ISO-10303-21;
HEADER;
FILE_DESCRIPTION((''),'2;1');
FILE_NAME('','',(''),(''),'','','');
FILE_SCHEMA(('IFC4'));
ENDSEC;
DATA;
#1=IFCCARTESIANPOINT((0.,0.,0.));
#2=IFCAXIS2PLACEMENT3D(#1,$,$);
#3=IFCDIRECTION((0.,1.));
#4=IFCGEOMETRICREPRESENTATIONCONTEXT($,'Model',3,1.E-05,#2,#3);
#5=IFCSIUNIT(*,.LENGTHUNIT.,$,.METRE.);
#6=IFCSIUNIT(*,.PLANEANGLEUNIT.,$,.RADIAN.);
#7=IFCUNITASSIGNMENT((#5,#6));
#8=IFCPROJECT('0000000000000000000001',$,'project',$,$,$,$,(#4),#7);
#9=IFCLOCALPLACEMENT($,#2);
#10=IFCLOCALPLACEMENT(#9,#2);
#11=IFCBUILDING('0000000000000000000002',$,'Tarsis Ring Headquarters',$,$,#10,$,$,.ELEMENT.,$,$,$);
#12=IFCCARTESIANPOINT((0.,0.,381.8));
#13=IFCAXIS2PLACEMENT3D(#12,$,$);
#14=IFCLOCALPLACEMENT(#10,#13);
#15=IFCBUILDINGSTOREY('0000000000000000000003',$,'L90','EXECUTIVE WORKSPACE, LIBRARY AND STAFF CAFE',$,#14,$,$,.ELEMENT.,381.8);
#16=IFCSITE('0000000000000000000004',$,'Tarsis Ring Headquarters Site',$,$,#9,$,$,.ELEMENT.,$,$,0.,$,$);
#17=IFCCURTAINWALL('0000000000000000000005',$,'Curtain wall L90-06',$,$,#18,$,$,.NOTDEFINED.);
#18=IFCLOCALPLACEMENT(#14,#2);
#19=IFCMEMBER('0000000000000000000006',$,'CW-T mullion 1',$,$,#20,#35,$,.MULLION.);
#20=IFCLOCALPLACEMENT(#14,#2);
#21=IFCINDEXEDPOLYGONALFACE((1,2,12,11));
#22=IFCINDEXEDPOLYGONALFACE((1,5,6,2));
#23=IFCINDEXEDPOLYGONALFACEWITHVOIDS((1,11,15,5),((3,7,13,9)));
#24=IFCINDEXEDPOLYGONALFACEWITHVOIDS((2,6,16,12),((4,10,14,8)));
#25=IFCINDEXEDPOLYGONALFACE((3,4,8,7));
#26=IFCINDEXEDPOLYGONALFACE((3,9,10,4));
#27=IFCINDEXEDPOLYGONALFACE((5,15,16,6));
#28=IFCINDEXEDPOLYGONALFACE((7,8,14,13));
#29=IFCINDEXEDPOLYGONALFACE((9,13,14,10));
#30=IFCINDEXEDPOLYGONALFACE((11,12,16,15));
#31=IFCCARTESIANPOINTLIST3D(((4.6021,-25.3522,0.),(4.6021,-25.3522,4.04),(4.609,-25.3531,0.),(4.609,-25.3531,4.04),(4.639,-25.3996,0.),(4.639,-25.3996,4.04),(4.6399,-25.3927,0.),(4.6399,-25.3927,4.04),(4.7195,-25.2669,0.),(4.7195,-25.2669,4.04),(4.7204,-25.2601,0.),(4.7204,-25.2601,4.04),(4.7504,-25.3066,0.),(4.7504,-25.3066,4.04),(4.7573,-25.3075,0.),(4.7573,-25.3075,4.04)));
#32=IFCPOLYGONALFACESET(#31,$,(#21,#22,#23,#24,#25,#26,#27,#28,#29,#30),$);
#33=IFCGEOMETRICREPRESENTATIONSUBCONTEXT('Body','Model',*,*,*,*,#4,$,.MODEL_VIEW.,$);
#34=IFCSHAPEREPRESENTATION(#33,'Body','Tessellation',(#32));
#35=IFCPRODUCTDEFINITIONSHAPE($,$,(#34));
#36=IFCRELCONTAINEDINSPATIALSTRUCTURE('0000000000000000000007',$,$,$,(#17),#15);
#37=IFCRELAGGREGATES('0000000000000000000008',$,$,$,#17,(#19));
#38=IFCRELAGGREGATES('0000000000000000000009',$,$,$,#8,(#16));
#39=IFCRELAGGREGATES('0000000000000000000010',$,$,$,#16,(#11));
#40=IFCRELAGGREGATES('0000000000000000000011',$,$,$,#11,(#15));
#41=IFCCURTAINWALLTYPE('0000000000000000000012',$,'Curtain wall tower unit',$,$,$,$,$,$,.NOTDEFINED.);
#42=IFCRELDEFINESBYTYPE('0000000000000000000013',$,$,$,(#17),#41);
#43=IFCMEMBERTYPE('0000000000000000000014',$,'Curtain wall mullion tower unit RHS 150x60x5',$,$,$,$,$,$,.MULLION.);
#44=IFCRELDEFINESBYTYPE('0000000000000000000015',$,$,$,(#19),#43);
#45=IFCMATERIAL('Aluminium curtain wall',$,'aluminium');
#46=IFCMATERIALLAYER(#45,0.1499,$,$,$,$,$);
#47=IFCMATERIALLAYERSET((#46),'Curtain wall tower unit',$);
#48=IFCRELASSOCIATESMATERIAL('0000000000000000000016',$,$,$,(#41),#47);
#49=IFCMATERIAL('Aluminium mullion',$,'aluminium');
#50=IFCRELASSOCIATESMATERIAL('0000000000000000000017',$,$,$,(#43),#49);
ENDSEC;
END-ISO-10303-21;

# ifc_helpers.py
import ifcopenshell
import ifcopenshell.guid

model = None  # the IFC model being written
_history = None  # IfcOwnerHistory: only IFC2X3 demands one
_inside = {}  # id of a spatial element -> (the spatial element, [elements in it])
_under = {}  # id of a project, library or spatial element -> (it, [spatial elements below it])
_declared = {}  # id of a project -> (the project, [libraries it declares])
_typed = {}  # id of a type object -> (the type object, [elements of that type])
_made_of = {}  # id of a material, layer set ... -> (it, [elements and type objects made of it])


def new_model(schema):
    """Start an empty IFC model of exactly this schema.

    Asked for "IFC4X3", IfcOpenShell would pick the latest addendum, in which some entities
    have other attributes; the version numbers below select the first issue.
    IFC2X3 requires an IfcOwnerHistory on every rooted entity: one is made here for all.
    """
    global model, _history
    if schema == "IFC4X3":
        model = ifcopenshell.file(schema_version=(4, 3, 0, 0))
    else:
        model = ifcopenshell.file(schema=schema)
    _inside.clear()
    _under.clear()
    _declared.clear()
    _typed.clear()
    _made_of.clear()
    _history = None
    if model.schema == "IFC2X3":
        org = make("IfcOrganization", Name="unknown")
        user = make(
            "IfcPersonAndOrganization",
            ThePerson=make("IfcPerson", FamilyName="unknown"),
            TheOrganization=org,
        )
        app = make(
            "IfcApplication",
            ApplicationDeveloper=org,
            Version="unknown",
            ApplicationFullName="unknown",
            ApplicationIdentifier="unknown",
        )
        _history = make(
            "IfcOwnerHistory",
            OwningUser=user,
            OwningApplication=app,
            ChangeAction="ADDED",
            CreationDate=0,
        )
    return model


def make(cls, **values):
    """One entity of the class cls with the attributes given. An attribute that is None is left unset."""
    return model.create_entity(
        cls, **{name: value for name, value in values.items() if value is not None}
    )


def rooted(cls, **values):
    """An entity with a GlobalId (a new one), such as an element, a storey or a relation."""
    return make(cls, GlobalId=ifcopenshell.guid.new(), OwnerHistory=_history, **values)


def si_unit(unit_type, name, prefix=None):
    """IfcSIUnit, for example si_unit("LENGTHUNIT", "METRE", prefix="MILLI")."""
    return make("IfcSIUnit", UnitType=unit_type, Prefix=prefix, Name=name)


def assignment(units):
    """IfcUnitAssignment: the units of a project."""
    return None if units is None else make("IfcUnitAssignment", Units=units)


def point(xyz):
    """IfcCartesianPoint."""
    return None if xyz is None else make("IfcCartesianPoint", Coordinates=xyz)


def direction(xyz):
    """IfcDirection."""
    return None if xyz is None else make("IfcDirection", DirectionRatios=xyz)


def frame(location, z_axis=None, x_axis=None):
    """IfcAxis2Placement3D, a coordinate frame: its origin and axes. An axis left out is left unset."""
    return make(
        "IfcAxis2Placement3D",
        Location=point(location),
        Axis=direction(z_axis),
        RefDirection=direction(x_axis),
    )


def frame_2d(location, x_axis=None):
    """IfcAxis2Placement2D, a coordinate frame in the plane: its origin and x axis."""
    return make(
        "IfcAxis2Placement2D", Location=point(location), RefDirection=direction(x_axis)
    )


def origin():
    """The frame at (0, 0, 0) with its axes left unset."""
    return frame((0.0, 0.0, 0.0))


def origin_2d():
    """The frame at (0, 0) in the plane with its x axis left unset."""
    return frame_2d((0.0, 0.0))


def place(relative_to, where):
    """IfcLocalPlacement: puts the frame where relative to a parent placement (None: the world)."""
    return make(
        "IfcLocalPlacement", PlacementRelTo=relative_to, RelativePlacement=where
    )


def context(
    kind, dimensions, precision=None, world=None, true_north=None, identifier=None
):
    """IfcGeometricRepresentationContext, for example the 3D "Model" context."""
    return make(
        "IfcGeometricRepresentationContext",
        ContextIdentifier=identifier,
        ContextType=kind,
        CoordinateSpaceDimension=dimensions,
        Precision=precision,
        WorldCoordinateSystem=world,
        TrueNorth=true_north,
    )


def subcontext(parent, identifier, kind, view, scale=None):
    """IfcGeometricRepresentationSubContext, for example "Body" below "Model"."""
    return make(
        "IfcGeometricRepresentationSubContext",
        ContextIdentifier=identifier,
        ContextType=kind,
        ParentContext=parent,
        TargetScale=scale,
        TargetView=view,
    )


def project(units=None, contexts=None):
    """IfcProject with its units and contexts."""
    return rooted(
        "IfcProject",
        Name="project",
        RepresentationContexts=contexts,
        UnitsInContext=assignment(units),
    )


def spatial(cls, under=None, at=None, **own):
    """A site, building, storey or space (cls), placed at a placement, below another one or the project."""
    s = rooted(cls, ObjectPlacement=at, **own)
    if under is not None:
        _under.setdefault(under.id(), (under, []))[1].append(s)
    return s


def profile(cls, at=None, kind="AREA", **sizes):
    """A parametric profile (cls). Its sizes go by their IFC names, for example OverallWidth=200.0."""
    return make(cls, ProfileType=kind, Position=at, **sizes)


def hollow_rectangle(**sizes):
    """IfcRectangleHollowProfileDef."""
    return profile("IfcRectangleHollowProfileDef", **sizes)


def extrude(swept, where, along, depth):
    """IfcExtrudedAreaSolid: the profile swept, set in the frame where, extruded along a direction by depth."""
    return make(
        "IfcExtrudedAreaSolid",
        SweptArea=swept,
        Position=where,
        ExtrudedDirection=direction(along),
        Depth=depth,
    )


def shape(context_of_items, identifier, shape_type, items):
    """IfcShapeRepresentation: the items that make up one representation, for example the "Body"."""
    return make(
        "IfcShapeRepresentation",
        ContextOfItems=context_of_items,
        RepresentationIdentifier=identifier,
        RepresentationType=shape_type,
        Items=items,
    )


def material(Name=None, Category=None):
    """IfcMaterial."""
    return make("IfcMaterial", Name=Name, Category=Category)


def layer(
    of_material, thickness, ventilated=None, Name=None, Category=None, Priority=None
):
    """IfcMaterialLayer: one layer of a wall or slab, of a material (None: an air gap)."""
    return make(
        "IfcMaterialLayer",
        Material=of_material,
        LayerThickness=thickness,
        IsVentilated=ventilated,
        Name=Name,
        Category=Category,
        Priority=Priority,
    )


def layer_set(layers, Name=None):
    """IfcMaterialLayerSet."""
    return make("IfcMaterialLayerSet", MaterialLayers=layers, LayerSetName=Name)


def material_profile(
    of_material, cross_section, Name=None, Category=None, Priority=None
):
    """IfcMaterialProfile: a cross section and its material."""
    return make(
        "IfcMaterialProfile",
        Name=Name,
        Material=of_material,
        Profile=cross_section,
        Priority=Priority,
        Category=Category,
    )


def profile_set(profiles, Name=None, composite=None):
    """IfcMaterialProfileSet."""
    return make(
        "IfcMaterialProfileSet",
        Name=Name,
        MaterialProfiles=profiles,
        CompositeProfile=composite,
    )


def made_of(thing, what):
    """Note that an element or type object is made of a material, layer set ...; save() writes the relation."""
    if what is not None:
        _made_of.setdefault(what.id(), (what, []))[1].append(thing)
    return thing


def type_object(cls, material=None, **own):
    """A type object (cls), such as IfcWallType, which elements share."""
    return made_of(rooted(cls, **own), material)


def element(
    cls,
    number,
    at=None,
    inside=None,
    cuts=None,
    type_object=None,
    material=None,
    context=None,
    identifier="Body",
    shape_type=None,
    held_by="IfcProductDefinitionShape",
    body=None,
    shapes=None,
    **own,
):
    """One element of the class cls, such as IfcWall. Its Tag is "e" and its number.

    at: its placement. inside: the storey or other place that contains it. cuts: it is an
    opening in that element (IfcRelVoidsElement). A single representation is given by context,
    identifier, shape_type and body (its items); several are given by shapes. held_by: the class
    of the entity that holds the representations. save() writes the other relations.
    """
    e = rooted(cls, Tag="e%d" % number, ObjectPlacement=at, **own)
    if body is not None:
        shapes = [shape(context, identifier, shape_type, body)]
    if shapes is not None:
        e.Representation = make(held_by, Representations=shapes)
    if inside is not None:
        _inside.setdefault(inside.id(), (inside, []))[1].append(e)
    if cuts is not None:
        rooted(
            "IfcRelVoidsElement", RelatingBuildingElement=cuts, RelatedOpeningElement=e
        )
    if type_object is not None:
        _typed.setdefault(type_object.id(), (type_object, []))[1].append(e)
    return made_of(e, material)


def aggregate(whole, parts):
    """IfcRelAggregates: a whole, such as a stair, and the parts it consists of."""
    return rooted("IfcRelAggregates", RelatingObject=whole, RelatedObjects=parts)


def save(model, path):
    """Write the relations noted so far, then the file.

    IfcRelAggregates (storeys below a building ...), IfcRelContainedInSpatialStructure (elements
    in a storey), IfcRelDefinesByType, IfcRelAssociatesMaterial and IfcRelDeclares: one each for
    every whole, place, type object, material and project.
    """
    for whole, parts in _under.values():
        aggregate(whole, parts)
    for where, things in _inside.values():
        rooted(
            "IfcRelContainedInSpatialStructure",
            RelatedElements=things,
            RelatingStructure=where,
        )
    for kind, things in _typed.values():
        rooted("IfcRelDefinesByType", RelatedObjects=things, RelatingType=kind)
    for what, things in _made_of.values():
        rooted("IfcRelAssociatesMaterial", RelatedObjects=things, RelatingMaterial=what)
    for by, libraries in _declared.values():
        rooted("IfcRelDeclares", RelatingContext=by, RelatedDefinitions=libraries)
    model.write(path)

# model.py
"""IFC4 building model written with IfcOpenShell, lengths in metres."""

from ifc_helpers import new_model, si_unit, direction, frame, origin, origin_2d, place, context, subcontext, project, spatial, hollow_rectangle, extrude, material, layer, layer_set, material_profile, profile_set, type_object, element, aggregate, save


model = new_model("IFC4")

# Units and contexts
model_context = context("Model", 3, precision=1e-05, world=origin(), true_north=direction((0.0, 1.0)))
body_context = subcontext(model_context, "Body", "Model", "MODEL_VIEW")
ifc_project = project(units=[si_unit("LENGTHUNIT", "METRE"), si_unit("PLANEANGLEUNIT", "RADIAN")], contexts=[model_context])

# Site, building, storey
site_placement = place(None, origin())
site = spatial("IfcSite", under=ifc_project, at=site_placement, Name="Tarsis Ring Headquarters Site", CompositionType="ELEMENT", RefElevation=0.0)
building_placement = place(site_placement, origin())
building = spatial("IfcBuilding", under=site, at=building_placement, Name="Tarsis Ring Headquarters", CompositionType="ELEMENT")
storey_placement = place(building_placement, frame((0.0, 0.0, 381.8)))
storey = spatial("IfcBuildingStorey", under=building, at=storey_placement, Name="L90", Description="EXECUTIVE WORKSPACE, LIBRARY AND STAFF CAFE", CompositionType="ELEMENT", Elevation=381.8)

# Curtain wall, member
ifc_material_1 = material(Name="Aluminium curtain wall", Category="aluminium")
ifc_layer_1 = layer(ifc_material_1, 0.1499)
ifc_layer_set_1 = layer_set([ifc_layer_1], Name="Curtain wall tower unit")
curtain_wall_type = type_object("IfcCurtainWallType", Name="Curtain wall tower unit", PredefinedType="NOTDEFINED", material=ifc_layer_set_1)
curtain_wall_placement = place(storey_placement, origin())
curtain_wall = element("IfcCurtainWall", 1, at=curtain_wall_placement, inside=storey, type_object=curtain_wall_type, Name="Curtain wall L90-06", PredefinedType="NOTDEFINED")
ifc_material_2 = material(Name="Aluminium mullion", Category="aluminium")
ifc_material_profile = material_profile(ifc_material_2, hollow_rectangle(XDim=0.1499, YDim=0.0601, WallThickness=0.0049, at=origin_2d()), Name="RHS 150x60x5")
ifc_profile_set = profile_set([ifc_material_profile], Name="Aluminium mullion")
member_type = type_object("IfcMemberType", Name="Curtain wall mullion tower unit RHS 150x60x5", PredefinedType="MULLION", material=ifc_profile_set)
member_placement = place(storey_placement, frame((4.6797, -25.3298, 0.0), z_axis=(0.0, 0.0, 1.0), x_axis=(0.78887, 0.614561, 0.0)))
member = element("IfcMember", 2, at=member_placement, type_object=member_type, Name="CW-T mullion 1", PredefinedType="MULLION", context=body_context, shape_type="SweptSolid", body=[
    extrude(hollow_rectangle(XDim=0.1499, YDim=0.0601, WallThickness=0.0049, at=origin_2d()), origin(), (0.0, 0.0, 1.0), 4.04),
])
aggregate(curtain_wall, [member])

save(model, "model.ifc")
